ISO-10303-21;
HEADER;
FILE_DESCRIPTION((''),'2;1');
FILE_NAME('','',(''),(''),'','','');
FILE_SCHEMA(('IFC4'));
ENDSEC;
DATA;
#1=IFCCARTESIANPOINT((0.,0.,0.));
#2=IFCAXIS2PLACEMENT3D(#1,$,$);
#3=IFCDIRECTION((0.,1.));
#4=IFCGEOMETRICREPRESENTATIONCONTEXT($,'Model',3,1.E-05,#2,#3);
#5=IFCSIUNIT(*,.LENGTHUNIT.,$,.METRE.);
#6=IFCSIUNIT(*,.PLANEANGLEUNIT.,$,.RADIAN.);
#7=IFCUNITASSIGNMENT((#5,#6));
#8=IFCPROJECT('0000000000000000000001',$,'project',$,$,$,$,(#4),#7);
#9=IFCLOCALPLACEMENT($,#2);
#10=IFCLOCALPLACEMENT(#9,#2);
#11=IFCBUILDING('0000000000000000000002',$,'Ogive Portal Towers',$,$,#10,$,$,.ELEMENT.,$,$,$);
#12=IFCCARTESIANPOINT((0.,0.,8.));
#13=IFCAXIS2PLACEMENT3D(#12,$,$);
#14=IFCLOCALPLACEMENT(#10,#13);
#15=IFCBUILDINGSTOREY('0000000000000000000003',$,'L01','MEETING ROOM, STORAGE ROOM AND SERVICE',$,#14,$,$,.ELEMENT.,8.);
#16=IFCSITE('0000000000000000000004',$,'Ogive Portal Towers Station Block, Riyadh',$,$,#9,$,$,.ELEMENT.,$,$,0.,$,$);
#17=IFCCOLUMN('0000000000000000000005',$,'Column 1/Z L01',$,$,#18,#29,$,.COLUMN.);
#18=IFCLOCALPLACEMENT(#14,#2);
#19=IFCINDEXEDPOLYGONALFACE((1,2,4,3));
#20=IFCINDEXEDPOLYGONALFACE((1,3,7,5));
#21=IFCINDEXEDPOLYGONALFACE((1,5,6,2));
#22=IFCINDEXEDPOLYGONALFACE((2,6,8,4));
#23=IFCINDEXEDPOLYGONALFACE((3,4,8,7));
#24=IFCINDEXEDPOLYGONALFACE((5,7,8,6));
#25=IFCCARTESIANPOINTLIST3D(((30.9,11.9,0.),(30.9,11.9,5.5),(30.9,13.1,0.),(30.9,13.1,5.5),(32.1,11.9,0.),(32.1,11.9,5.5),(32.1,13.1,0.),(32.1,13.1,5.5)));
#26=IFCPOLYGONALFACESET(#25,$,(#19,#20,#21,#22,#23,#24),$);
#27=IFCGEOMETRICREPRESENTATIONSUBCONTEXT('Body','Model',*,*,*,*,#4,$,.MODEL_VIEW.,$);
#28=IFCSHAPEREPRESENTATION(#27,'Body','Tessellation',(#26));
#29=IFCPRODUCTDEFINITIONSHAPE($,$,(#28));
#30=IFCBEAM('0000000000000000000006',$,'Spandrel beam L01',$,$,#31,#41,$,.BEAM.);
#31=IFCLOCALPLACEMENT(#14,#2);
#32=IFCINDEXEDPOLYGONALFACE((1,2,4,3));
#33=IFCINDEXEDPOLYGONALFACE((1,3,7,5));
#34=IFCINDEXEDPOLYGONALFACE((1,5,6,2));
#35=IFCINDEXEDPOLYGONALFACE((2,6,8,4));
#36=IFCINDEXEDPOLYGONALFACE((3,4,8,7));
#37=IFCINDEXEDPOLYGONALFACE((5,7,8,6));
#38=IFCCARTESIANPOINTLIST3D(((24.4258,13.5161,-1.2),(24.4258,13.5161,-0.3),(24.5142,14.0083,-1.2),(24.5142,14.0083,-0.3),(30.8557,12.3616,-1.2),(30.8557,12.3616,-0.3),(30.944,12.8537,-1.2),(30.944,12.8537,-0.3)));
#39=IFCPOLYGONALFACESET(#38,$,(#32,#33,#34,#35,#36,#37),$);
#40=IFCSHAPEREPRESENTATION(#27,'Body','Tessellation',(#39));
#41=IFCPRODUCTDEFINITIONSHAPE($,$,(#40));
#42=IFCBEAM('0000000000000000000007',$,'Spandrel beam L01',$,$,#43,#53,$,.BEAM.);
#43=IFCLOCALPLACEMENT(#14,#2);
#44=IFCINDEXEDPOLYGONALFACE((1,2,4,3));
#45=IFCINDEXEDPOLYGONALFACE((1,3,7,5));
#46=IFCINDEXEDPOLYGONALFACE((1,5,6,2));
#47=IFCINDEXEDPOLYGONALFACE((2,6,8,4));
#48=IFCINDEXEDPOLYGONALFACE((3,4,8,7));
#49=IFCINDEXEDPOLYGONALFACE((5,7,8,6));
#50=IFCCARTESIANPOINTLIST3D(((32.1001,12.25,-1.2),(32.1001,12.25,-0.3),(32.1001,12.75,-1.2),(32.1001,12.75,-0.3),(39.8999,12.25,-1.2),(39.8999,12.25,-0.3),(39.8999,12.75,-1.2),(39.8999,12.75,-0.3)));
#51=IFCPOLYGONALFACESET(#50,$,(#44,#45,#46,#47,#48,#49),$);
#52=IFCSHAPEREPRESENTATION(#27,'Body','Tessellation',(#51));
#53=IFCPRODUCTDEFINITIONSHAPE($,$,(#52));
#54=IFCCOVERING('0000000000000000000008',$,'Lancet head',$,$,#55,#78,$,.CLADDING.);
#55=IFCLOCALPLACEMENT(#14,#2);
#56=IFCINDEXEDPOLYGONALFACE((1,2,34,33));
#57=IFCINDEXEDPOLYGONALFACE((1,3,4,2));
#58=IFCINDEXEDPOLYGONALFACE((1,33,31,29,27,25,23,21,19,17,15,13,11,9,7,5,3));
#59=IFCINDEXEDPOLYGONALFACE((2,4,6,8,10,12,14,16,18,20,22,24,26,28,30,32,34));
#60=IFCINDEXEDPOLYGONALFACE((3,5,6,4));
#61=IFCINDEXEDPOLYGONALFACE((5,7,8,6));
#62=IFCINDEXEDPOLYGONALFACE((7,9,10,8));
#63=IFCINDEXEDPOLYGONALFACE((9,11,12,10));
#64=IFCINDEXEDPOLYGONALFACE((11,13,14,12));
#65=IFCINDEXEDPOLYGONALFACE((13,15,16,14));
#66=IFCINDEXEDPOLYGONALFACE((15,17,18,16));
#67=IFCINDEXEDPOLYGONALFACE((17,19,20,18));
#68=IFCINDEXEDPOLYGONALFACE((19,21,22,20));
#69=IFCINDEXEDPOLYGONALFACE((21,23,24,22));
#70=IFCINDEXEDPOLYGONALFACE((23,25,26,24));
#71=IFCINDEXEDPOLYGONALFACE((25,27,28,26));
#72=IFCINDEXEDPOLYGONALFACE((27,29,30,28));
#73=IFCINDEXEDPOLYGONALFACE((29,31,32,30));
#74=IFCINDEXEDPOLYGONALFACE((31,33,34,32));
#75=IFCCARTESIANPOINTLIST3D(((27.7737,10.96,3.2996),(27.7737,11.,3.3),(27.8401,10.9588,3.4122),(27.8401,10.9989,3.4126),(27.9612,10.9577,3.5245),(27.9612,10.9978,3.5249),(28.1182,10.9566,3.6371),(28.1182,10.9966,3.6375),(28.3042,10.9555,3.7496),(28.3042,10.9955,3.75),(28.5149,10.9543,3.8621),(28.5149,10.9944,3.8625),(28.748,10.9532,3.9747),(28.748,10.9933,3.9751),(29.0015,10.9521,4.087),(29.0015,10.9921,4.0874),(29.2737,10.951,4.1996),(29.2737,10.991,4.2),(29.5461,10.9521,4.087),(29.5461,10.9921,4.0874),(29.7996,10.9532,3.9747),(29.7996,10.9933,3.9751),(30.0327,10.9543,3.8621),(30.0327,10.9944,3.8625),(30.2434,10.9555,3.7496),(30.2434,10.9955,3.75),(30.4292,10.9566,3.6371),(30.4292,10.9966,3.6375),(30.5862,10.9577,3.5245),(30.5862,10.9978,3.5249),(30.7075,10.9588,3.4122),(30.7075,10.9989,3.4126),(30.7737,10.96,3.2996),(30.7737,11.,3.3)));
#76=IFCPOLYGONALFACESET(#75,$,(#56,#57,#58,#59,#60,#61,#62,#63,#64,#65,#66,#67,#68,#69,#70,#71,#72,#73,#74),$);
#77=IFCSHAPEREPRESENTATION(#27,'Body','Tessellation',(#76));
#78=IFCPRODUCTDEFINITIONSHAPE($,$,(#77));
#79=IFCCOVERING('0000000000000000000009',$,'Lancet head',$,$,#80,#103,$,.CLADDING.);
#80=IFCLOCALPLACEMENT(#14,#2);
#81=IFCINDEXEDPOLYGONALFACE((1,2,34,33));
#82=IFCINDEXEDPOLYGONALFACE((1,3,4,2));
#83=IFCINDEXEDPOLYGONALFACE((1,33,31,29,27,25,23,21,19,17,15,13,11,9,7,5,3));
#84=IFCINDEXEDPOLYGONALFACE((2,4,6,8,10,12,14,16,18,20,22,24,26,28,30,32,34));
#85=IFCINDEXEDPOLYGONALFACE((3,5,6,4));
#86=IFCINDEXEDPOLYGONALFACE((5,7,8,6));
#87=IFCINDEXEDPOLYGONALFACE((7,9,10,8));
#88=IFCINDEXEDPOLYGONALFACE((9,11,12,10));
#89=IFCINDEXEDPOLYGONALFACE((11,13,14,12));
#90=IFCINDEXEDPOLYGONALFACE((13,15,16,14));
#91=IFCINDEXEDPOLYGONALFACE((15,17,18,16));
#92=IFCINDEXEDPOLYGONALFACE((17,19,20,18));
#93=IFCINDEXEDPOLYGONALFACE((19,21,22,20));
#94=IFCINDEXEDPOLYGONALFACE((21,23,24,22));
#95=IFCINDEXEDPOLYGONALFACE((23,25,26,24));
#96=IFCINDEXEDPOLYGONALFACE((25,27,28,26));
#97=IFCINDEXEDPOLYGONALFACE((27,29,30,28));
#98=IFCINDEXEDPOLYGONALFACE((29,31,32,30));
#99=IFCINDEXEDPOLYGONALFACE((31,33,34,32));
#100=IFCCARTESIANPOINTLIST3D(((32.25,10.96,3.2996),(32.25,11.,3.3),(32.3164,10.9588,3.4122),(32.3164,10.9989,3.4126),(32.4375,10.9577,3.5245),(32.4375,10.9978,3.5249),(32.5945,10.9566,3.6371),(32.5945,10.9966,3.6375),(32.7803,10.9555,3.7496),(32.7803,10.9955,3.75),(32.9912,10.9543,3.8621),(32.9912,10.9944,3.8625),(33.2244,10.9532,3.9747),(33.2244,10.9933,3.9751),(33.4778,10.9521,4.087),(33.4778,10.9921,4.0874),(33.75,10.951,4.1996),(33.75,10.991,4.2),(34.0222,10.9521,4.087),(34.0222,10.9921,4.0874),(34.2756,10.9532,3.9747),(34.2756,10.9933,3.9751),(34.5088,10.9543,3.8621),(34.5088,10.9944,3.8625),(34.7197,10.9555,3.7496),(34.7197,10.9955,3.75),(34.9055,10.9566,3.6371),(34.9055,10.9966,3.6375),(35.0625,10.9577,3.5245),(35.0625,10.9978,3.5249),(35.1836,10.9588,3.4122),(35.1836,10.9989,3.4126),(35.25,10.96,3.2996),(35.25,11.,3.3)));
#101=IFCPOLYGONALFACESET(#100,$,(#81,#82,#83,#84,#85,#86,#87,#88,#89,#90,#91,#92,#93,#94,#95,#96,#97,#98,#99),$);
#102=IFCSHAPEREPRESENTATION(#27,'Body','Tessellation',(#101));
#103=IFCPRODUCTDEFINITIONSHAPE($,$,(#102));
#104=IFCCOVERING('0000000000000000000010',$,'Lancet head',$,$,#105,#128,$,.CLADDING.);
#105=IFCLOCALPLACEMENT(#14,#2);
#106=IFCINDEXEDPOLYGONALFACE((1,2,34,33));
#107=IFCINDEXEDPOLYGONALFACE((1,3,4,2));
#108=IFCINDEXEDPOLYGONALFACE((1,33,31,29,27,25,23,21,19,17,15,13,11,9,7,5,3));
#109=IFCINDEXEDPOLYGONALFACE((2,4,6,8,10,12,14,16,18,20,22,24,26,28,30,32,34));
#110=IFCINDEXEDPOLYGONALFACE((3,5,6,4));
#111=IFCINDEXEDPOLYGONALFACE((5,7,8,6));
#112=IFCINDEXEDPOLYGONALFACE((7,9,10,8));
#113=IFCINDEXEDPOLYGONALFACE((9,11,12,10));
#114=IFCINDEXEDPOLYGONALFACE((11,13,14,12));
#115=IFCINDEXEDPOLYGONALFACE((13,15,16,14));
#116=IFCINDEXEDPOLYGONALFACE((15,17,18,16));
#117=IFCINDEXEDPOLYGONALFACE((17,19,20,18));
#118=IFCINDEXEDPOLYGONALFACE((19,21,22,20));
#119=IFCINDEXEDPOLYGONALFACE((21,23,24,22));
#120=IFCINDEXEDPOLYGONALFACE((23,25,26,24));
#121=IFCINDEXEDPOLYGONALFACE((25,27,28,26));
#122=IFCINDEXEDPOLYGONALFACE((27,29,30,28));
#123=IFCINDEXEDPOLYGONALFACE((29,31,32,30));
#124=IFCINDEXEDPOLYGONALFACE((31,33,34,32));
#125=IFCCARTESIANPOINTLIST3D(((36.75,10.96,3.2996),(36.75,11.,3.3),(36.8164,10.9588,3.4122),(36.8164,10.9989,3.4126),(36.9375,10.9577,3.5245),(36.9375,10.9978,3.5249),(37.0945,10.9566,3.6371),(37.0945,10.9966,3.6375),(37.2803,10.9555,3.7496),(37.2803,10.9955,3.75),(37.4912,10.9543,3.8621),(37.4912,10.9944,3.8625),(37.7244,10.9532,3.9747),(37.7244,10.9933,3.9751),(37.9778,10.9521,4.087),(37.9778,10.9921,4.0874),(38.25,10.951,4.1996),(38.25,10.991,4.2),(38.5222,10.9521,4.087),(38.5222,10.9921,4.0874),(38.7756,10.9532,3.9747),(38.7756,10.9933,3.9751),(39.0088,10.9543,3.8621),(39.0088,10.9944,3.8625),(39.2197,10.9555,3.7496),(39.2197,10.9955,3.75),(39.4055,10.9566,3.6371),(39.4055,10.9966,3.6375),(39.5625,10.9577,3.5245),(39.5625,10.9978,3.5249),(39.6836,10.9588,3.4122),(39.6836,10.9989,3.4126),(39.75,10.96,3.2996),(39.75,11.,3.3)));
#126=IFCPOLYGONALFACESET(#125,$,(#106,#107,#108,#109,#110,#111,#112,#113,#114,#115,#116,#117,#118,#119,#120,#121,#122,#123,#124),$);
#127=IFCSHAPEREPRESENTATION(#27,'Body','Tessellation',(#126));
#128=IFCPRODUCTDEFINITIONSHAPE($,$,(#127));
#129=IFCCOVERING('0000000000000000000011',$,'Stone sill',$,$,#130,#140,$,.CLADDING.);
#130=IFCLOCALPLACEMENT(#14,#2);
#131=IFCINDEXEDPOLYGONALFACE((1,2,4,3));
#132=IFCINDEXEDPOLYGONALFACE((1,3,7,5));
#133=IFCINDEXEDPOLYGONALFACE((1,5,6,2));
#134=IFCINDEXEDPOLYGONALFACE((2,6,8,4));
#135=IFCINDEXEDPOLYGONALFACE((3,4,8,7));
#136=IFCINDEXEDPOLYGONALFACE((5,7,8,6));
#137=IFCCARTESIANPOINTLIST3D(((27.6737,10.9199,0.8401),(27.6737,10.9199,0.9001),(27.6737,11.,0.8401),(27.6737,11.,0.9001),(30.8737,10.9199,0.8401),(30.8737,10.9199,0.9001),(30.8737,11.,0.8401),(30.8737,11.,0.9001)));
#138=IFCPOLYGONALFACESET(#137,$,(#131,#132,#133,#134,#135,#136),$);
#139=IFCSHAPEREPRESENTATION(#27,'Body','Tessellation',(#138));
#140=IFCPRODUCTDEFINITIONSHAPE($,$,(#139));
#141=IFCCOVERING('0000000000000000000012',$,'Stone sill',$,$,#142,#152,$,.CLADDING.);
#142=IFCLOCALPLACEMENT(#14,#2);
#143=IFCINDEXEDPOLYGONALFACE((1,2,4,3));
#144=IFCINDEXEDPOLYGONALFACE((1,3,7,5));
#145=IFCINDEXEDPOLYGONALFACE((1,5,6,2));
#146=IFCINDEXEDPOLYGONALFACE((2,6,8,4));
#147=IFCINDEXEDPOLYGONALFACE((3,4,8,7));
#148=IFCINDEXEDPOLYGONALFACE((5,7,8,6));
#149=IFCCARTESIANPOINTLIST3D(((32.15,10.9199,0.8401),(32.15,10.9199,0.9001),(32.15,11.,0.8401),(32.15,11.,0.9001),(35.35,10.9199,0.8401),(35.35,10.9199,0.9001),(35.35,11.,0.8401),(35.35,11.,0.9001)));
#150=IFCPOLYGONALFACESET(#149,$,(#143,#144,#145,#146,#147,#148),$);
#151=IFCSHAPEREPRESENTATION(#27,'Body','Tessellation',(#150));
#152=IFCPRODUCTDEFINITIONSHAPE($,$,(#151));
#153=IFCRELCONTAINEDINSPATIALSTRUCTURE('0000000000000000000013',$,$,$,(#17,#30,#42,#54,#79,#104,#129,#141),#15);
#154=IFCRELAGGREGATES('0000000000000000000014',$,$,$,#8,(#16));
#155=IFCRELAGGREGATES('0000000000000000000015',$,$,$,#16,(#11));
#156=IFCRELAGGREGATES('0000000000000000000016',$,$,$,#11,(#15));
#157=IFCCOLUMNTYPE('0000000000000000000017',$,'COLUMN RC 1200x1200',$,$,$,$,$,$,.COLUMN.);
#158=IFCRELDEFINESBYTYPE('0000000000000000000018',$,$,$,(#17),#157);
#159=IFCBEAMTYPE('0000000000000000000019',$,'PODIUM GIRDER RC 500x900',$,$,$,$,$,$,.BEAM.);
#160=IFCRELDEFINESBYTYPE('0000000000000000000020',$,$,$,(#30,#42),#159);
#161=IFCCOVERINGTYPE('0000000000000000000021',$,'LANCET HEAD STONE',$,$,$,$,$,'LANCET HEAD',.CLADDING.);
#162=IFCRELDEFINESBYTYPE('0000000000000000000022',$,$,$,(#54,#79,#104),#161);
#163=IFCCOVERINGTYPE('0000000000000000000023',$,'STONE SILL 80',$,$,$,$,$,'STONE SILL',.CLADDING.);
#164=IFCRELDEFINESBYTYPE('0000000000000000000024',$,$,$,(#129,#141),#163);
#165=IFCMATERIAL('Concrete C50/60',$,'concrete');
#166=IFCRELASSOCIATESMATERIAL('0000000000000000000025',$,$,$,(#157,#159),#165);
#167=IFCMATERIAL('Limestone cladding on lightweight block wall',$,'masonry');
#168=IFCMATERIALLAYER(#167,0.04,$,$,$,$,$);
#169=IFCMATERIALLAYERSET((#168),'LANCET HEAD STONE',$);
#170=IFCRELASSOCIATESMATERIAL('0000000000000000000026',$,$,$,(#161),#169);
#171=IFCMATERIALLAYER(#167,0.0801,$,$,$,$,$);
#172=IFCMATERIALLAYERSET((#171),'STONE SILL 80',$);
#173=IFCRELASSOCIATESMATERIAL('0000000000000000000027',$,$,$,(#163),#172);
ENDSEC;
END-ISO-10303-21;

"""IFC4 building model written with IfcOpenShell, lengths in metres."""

from ifc_helpers import new_model, si_unit, direction, frame, origin, origin_2d, place, context, subcontext, project, spatial, polyline, rectangle, outline, extrude, material, layer, layer_set, material_profile, profile_set, type_object, element, save


model = new_model("IFC4")

# Units and contexts
model_context = context("Model", 3, precision=1e-05, world=origin(), true_north=direction((0.0, 1.0)))
body_context = subcontext(model_context, "Body", "Model", "MODEL_VIEW")
ifc_project = project(units=[si_unit("LENGTHUNIT", "METRE"), si_unit("PLANEANGLEUNIT", "RADIAN")], contexts=[model_context])

# Site, building, storey
site_placement = place(None, origin())
site = spatial("IfcSite", under=ifc_project, at=site_placement, Name="Ogive Portal Towers Station Block, Riyadh", CompositionType="ELEMENT", RefElevation=0.0)
building_placement = place(site_placement, origin())
building = spatial("IfcBuilding", under=site, at=building_placement, Name="Ogive Portal Towers", CompositionType="ELEMENT")
storey_placement = place(building_placement, frame((0.0, 0.0, 8.0)))
storey = spatial("IfcBuildingStorey", under=building, at=storey_placement, Name="L01", Description="MEETING ROOM, STORAGE ROOM AND SERVICE", CompositionType="ELEMENT", Elevation=8.0)

# Column
ifc_material_1 = material(Name="Concrete C50/60", Category="concrete")
ifc_material_profile_1 = material_profile(ifc_material_1, rectangle(XDim=1.2, YDim=1.2, at=origin_2d()), Name="RC 1200x1200")
ifc_profile_set_1 = profile_set([ifc_material_profile_1], Name="Concrete C50/60")
column_type = type_object("IfcColumnType", Name="COLUMN RC 1200x1200", PredefinedType="COLUMN", material=ifc_profile_set_1)
column_placement = place(storey_placement, frame((31.5, 12.5, 0.0), z_axis=(0.0, 0.0, 1.0), x_axis=(1.0, 0.0, 0.0)))
element("IfcColumn", 1, at=column_placement, inside=storey, type_object=column_type, Name="Column 1/Z L01", PredefinedType="COLUMN", context=body_context, shape_type="SweptSolid", body=[
    extrude(rectangle(XDim=1.2, YDim=1.2, at=origin_2d()), origin(), (0.0, 0.0, 1.0), 5.5),
])

# Beams
ifc_material_profile_2 = material_profile(ifc_material_1, rectangle(XDim=0.5, YDim=0.8999, at=origin_2d()), Name="RC 500x900")
ifc_profile_set_2 = profile_set([ifc_material_profile_2], Name="Concrete C50/60")
beam_type = type_object("IfcBeamType", Name="PODIUM GIRDER RC 500x900", PredefinedType="BEAM", material=ifc_profile_set_2)
beam_1_placement = place(storey_placement, frame((24.47, 13.7622, -0.75), z_axis=(0.984259, -0.176731, 0.0), x_axis=(0.176731, 0.984259, 0.0)))
element("IfcBeam", 2, at=beam_1_placement, inside=storey, type_object=beam_type, Name="Spandrel beam L01", PredefinedType="BEAM", context=body_context, shape_type="SweptSolid", body=[
    extrude(rectangle(XDim=0.5, YDim=0.8999, at=origin_2d()), origin(), (0.0, 0.0, 1.0), 6.5327),
])
beam_2_placement = place(storey_placement, frame((32.1001, 12.5, -0.75), z_axis=(1.0, 0.0, 0.0), x_axis=(0.0, 1.0, 0.0)))
element("IfcBeam", 3, at=beam_2_placement, inside=storey, type_object=beam_type, Name="Spandrel beam L01", PredefinedType="BEAM", context=body_context, shape_type="SweptSolid", body=[
    extrude(rectangle(XDim=0.5, YDim=0.8999, at=origin_2d()), origin(), (0.0, 0.0, 1.0), 7.7998),
])

# Shared definitions
ifc_material_2 = material(Name="Limestone cladding on lightweight block wall", Category="masonry")

# Coverings
ifc_layer_1 = layer(ifc_material_2, 0.04)
ifc_layer_set_1 = layer_set([ifc_layer_1], Name="LANCET HEAD STONE")
covering_type_1 = type_object("IfcCoveringType", Name="LANCET HEAD STONE", ElementType="LANCET HEAD", PredefinedType="CLADDING", material=ifc_layer_set_1)
covering_placement = place(storey_placement, frame((27.7737, 11.0, 3.3), z_axis=(0.0, 0.99995, 0.009994), x_axis=(1.0, 0.0, 0.0)))
element("IfcCovering", 4, at=covering_placement, inside=storey, type_object=covering_type_1, Name="Lancet head", PredefinedType="CLADDING", context=body_context, shape_type="SweptSolid", body=[
    extrude(outline(polyline([(0.0, 0.0), (3.0, 0.0), (2.9338, -0.1126), (2.8125, -0.2249), (2.6555, -0.3374), (2.4697, -0.45), (2.259, -0.5625), (2.0259, -0.6751), (1.7725, -0.7874), (1.5, -0.8999), (1.2278, -0.7874), (0.9744, -0.6751), (0.7412, -0.5625), (0.5305, -0.45), (0.3445, -0.3374), (0.1875, -0.2249), (0.0664, -0.1126), (0.0, 0.0)])), origin(), (0.0, 0.0, -1.0), 0.04),
])
for number, where, z_axis, x_axis, name in (
    (5, (32.25, 11.0, 3.3), (0.0, 0.99995, 0.009994), (1.0, 0.0, 0.0), "Lancet head"),
    (6, (36.75, 11.0, 3.3), (0.0, 0.99995, 0.009994), (1.0, 0.0, 0.0), "Lancet head"),
):
    element("IfcCovering", number, at=place(storey_placement, frame(where, z_axis=z_axis, x_axis=x_axis)), inside=storey, type_object=covering_type_1, Name=name, PredefinedType="CLADDING", context=body_context, shape_type="SweptSolid", body=[
        extrude(outline(polyline([(0.0, 0.0), (3.0, 0.0), (2.9336, -0.1126), (2.8125, -0.2249), (2.6555, -0.3374), (2.4697, -0.45), (2.2588, -0.5625), (2.0256, -0.6751), (1.7722, -0.7874), (1.5, -0.8999), (1.2278, -0.7874), (0.9744, -0.6751), (0.7412, -0.5625), (0.5303, -0.45), (0.3445, -0.3374), (0.1875, -0.2249), (0.0664, -0.1126), (0.0, 0.0)])), origin(), (0.0, 0.0, -1.0), 0.04),
    ])
ifc_layer_2 = layer(ifc_material_2, 0.0801)
ifc_layer_set_2 = layer_set([ifc_layer_2], Name="STONE SILL 80")
covering_type_2 = type_object("IfcCoveringType", Name="STONE SILL 80", ElementType="STONE SILL", PredefinedType="CLADDING", material=ifc_layer_set_2)
for number, where, z_axis, x_axis, name in (
    (7, (29.2737, 10.96, 0.8401), (0.0, 0.0, 1.0), (1.0, 0.0, 0.0), "Stone sill"),
    (8, (33.75, 10.96, 0.8401), (0.0, 0.0, 1.0), (1.0, 0.0, 0.0), "Stone sill"),
):
    element("IfcCovering", number, at=place(storey_placement, frame(where, z_axis=z_axis, x_axis=x_axis)), inside=storey, type_object=covering_type_2, Name=name, PredefinedType="CLADDING", context=body_context, shape_type="SweptSolid", body=[
        extrude(rectangle(XDim=3.2, YDim=0.0801, at=origin_2d()), origin(), (0.0, 0.0, 1.0), 0.0601),
    ])

save(model, "model.ifc")
